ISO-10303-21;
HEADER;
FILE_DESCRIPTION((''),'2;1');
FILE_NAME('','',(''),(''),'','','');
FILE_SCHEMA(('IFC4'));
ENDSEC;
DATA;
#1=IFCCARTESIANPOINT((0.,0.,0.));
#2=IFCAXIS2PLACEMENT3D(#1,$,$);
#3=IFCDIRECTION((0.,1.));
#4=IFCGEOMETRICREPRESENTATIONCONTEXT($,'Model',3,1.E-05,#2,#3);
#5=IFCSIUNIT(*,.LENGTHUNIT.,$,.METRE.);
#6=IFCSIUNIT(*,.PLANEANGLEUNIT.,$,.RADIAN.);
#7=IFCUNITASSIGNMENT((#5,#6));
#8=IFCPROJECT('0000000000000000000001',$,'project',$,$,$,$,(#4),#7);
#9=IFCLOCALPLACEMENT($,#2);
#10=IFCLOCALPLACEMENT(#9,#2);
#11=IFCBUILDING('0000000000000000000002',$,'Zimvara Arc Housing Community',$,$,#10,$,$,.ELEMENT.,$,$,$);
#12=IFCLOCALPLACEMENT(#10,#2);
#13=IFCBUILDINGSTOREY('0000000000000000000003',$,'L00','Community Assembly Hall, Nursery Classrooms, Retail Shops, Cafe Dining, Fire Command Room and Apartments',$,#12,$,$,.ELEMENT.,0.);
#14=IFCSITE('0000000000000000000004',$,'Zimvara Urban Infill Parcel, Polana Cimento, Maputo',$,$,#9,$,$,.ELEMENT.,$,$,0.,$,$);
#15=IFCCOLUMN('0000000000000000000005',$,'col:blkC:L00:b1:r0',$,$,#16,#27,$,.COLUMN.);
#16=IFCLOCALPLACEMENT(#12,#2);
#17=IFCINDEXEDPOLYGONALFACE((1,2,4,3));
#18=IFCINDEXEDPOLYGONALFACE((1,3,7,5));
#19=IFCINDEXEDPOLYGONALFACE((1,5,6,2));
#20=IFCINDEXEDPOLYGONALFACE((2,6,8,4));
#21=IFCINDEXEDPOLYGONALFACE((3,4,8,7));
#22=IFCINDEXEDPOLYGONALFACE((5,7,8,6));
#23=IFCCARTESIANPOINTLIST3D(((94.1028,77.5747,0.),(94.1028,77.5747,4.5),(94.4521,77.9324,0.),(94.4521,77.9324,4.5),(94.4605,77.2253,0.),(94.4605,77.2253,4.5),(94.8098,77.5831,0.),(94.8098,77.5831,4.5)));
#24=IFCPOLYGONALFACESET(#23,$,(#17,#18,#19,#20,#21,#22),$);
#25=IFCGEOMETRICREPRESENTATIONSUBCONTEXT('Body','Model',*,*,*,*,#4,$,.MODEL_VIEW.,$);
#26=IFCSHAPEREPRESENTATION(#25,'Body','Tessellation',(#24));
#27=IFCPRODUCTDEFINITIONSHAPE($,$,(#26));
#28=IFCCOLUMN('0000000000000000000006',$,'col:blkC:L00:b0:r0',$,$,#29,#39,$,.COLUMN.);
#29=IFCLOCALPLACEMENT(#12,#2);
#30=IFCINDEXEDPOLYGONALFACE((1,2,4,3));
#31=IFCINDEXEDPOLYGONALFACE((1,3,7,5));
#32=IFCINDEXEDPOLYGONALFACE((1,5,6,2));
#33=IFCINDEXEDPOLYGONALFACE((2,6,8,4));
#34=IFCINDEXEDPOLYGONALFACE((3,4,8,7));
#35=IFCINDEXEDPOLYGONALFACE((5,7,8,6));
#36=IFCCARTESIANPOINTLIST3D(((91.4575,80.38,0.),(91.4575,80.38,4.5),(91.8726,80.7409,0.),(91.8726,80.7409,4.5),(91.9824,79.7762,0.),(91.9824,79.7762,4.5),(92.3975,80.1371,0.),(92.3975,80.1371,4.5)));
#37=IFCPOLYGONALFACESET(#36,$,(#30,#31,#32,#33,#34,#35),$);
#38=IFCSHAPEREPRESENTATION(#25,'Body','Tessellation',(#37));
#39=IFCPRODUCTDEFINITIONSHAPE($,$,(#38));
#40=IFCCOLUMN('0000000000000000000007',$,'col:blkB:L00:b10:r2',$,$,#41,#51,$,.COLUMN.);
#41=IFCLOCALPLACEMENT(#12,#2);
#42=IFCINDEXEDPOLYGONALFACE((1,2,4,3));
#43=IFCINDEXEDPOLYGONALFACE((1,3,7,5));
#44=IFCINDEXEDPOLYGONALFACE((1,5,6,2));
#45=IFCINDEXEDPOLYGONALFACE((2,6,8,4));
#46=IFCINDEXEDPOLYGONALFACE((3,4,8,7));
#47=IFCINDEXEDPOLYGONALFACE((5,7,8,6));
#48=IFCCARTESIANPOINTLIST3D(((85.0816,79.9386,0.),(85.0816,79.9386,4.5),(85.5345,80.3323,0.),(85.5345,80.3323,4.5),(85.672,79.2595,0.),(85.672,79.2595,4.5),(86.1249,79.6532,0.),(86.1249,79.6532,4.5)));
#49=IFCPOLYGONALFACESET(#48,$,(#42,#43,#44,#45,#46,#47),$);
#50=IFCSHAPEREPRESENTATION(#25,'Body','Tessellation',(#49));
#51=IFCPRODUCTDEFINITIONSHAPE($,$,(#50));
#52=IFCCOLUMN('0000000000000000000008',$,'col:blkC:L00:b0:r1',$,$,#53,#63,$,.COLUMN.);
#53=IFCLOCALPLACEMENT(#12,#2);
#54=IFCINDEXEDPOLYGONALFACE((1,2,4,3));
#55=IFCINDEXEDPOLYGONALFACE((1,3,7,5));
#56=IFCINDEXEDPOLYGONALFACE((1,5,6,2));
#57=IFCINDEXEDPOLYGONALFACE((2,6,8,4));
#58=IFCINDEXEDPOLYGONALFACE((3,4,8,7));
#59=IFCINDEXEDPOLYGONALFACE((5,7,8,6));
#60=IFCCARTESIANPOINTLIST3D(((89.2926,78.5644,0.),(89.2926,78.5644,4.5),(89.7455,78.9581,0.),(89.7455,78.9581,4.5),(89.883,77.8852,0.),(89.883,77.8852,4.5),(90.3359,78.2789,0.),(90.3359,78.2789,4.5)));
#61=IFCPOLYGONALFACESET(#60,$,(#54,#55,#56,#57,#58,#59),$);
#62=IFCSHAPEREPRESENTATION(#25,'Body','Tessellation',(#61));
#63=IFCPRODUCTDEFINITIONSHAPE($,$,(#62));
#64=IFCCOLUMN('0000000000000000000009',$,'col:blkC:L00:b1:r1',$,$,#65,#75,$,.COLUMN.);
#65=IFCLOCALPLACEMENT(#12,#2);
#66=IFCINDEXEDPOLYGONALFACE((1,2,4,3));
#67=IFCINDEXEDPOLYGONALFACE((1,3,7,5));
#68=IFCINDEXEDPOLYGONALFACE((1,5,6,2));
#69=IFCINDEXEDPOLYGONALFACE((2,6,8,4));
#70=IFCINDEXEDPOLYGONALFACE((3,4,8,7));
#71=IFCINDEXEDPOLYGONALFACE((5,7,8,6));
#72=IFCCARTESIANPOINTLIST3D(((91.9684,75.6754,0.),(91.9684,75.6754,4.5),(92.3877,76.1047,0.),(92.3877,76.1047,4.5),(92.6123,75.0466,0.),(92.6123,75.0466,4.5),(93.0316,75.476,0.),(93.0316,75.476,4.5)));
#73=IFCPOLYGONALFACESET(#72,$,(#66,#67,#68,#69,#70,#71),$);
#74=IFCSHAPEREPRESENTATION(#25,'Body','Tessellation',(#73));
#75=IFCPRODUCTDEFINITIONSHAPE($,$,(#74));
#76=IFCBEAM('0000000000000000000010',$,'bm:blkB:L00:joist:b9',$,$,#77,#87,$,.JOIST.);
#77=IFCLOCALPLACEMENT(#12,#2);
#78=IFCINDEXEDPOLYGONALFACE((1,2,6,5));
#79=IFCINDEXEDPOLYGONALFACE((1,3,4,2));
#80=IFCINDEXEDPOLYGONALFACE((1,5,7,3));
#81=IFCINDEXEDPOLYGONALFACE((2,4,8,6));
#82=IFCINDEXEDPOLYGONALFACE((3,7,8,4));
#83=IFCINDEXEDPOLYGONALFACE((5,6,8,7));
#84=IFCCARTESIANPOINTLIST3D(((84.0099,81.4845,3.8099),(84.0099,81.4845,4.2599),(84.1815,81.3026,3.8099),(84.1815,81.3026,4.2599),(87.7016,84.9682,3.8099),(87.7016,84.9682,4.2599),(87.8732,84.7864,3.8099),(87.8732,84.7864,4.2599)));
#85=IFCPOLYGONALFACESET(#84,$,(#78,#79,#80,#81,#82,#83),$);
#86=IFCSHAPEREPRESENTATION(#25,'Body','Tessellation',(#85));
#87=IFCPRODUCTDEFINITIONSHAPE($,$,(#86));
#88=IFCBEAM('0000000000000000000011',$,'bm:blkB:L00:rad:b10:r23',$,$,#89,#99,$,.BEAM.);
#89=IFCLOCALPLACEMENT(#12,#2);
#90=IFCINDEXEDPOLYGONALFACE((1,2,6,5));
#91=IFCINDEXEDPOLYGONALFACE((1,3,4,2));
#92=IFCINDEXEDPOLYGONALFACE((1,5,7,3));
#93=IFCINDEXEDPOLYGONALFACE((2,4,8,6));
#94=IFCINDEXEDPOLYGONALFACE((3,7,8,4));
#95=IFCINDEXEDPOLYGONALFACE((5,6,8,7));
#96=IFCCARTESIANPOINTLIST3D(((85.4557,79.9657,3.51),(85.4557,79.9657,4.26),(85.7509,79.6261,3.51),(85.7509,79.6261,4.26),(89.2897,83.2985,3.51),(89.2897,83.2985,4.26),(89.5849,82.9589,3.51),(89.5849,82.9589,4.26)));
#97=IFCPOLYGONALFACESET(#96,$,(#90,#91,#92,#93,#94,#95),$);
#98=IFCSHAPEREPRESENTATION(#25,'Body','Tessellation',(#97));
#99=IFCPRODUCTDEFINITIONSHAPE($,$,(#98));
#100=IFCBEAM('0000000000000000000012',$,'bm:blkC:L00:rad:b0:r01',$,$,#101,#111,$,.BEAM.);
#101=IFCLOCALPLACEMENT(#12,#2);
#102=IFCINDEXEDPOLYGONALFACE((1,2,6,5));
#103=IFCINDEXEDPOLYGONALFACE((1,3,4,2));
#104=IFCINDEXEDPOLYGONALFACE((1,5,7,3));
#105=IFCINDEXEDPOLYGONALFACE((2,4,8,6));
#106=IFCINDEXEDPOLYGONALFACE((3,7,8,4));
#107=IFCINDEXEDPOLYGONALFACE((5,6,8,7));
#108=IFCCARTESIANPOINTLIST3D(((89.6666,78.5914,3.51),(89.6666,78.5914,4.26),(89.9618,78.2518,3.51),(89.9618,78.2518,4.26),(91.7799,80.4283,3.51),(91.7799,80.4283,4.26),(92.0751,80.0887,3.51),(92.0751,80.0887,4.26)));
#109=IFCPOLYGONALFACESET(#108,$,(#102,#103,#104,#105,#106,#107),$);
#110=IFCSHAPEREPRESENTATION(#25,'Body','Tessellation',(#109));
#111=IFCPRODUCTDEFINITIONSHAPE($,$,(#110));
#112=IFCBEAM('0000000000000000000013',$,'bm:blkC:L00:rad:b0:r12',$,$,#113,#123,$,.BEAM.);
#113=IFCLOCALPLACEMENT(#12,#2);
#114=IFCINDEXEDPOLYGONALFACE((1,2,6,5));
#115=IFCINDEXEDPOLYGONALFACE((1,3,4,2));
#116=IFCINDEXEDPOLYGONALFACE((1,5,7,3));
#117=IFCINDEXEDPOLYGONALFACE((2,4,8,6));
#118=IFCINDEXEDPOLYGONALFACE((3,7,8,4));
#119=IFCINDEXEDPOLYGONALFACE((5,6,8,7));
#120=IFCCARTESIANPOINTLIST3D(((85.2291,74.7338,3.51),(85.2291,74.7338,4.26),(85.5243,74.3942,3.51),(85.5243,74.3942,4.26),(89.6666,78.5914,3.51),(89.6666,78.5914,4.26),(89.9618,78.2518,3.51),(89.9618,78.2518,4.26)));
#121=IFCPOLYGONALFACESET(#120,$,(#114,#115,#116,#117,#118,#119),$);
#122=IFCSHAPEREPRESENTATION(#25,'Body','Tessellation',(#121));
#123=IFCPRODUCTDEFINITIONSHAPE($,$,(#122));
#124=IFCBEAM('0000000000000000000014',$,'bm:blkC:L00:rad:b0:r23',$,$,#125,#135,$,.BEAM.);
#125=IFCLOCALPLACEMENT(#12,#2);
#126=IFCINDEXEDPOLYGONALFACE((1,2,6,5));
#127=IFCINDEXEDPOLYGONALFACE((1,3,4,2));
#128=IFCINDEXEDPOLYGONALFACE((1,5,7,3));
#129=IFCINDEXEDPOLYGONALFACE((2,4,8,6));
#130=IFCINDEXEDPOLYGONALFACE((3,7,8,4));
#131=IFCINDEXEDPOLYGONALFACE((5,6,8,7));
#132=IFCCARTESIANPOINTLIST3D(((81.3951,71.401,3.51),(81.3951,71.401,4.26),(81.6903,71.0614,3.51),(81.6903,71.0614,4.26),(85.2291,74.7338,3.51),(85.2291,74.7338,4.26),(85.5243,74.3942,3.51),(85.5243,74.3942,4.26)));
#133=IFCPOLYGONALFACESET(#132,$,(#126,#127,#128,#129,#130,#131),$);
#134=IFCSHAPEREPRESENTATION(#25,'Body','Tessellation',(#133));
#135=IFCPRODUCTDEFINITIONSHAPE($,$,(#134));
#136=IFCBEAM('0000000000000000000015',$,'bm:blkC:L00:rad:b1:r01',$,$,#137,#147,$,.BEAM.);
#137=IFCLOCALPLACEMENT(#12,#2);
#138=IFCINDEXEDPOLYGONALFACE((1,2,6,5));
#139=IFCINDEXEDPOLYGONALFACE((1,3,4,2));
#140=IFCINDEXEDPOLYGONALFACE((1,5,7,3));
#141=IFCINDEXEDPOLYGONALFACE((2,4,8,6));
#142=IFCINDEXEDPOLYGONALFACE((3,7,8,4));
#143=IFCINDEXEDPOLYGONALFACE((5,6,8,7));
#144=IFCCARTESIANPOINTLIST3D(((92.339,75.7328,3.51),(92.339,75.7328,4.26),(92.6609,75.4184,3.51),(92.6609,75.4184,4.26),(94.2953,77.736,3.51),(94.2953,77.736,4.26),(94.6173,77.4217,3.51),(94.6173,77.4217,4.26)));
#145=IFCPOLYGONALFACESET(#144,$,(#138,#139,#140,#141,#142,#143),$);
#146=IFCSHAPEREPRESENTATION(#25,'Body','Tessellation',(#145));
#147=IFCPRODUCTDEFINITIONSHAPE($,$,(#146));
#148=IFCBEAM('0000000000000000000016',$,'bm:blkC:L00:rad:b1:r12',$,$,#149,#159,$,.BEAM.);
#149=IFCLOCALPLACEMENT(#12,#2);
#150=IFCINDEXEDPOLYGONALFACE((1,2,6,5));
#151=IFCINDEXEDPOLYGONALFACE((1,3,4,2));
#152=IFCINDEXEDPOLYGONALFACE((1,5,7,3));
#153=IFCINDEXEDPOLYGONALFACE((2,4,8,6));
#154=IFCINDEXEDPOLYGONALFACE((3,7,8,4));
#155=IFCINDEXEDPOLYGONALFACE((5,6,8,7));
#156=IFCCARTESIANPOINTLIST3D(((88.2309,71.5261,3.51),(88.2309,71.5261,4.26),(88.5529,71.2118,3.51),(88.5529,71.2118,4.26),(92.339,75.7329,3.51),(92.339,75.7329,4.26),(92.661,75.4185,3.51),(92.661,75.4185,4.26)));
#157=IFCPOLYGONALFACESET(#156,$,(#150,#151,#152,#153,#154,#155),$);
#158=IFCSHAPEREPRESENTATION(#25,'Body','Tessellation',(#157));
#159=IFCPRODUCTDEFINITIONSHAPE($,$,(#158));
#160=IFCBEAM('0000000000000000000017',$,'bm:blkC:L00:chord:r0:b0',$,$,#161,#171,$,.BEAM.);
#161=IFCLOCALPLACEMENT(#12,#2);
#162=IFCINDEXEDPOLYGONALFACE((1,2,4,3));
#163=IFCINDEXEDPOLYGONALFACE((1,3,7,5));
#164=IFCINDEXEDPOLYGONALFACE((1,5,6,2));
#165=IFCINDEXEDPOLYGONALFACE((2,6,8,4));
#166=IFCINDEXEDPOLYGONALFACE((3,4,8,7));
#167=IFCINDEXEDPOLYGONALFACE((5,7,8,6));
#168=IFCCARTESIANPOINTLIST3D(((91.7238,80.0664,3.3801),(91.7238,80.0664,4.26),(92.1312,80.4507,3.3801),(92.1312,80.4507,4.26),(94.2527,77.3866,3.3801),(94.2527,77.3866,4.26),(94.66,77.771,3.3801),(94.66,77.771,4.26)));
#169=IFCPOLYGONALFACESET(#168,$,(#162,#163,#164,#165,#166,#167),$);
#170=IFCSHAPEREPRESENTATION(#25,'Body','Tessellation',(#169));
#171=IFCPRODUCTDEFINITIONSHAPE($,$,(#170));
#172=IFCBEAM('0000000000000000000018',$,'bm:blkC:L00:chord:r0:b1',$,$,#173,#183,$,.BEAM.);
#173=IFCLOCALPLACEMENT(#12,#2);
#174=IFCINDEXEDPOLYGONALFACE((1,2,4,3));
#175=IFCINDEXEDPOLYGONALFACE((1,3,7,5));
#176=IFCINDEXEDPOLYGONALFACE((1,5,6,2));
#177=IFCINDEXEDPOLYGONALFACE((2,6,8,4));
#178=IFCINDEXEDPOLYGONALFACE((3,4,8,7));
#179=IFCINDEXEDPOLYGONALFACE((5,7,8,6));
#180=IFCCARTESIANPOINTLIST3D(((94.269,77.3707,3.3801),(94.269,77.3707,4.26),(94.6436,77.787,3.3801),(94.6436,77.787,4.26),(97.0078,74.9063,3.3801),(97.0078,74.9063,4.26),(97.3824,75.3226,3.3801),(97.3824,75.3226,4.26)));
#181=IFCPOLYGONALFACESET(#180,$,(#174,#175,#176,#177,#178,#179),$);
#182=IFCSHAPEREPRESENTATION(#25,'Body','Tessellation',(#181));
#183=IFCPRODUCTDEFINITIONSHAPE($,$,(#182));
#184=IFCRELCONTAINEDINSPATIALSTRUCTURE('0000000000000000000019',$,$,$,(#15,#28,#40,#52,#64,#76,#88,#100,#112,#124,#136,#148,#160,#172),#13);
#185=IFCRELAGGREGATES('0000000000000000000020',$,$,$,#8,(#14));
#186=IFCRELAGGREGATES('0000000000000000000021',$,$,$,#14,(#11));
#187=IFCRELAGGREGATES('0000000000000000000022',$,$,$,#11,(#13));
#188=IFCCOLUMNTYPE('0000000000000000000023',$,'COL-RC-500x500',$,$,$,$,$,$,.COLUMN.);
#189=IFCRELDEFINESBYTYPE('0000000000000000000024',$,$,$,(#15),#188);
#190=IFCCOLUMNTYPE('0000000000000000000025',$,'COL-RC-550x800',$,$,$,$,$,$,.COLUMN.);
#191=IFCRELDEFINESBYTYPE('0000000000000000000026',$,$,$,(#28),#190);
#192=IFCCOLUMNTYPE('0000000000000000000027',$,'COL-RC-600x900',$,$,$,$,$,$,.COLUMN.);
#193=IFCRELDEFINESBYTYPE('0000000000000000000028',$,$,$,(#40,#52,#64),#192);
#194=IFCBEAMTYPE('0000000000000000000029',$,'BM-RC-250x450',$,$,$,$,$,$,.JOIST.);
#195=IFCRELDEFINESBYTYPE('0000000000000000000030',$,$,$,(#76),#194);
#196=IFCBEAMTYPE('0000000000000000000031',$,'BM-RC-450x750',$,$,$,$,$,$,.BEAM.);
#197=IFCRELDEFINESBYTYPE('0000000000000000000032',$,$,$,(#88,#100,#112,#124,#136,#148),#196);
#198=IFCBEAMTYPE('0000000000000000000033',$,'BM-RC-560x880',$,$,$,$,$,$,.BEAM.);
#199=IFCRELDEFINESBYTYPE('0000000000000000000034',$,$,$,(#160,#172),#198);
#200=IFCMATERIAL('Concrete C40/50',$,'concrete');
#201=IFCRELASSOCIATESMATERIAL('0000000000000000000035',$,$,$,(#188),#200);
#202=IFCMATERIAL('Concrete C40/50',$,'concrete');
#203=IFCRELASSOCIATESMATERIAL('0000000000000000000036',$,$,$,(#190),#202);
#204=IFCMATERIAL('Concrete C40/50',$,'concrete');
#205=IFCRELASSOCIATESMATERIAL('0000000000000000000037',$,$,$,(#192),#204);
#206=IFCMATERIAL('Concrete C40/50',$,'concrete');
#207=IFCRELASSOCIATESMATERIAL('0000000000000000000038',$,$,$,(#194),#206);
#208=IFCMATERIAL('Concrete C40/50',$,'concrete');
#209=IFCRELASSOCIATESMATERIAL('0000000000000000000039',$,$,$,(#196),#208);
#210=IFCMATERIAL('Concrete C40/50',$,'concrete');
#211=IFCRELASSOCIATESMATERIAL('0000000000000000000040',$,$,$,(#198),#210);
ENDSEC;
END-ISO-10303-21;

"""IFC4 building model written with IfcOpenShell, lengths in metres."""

from ifc_helpers import new_model, si_unit, direction, frame, origin, origin_2d, place, context, subcontext, project, spatial, rectangle, extrude, material, material_profile, profile_set, type_object, element, save


model = new_model("IFC4")

# Units and contexts
model_context = context("Model", 3, precision=1e-05, world=origin(), true_north=direction((0.0, 1.0)))
body_context = subcontext(model_context, "Body", "Model", "MODEL_VIEW")
ifc_project = project(units=[si_unit("LENGTHUNIT", "METRE"), si_unit("PLANEANGLEUNIT", "RADIAN")], contexts=[model_context])

# Site, building, storey
site_placement = place(None, origin())
site = spatial("IfcSite", under=ifc_project, at=site_placement, Name="Zimvara Urban Infill Parcel, Polana Cimento, Maputo", CompositionType="ELEMENT", RefElevation=0.0)
building_placement = place(site_placement, origin())
building = spatial("IfcBuilding", under=site, at=building_placement, Name="Zimvara Arc Housing Community", CompositionType="ELEMENT")
storey_placement = place(building_placement, origin())
storey = spatial("IfcBuildingStorey", under=building, at=storey_placement, Name="L00", Description="Community Assembly Hall, Nursery Classrooms, Retail Shops, Cafe Dining, Fire Command Room and Apartments", CompositionType="ELEMENT", Elevation=0.0)

# Columns
ifc_material_1 = material(Name="Concrete C40/50", Category="concrete")
ifc_material_profile_1 = material_profile(ifc_material_1, rectangle(XDim=0.5, YDim=0.5, at=origin_2d()), Name="RC 500x500")
ifc_profile_set_1 = profile_set([ifc_material_profile_1], Name="Concrete C40/50")
column_type_1 = type_object("IfcColumnType", Name="COL-RC-500x500", PredefinedType="COLUMN", material=ifc_profile_set_1)
column_1_placement = place(storey_placement, frame((94.4563, 77.5789, 0.0), z_axis=(0.0, 0.0, 1.0), x_axis=(-0.698665, -0.715449, 0.0)))
element("IfcColumn", 1, at=column_1_placement, inside=storey, type_object=column_type_1, Name="col:blkC:L00:b1:r0", PredefinedType="COLUMN", context=body_context, shape_type="SweptSolid", body=[
    extrude(rectangle(XDim=0.5, YDim=0.5, at=origin_2d()), origin(), (0.0, 0.0, 1.0), 4.5),
])
ifc_material_2 = material(Name="Concrete C40/50", Category="concrete")
ifc_material_profile_2 = material_profile(ifc_material_2, rectangle(XDim=0.55, YDim=0.8, at=origin_2d()), Name="RC 550x800")
ifc_profile_set_2 = profile_set([ifc_material_profile_2], Name="Concrete C40/50")
column_type_2 = type_object("IfcColumnType", Name="COL-RC-550x800", PredefinedType="COLUMN", material=ifc_profile_set_2)
column_2_placement = place(storey_placement, frame((91.9275, 80.2585, 0.0), z_axis=(0.0, 0.0, 1.0), x_axis=(-0.75471, -0.656059, 0.0)))
element("IfcColumn", 2, at=column_2_placement, inside=storey, type_object=column_type_2, Name="col:blkC:L00:b0:r0", PredefinedType="COLUMN", context=body_context, shape_type="SweptSolid", body=[
    extrude(rectangle(XDim=0.55, YDim=0.8, at=origin_2d()), origin(), (0.0, 0.0, 1.0), 4.5),
])
ifc_material_3 = material(Name="Concrete C40/50", Category="concrete")
ifc_material_profile_3 = material_profile(ifc_material_3, rectangle(XDim=0.6001, YDim=0.8999, at=origin_2d()), Name="RC 600x900")
ifc_profile_set_3 = profile_set([ifc_material_profile_3], Name="Concrete C40/50")
column_type_3 = type_object("IfcColumnType", Name="COL-RC-600x900", PredefinedType="COLUMN", material=ifc_profile_set_3)
for number, where, z_axis, x_axis, name in (
    (3, (85.6033, 79.7959, 0.0), (0.0, 0.0, 1.0), (0.75471, 0.656059, 0.0), "col:blkB:L00:b10:r2"),
    (4, (89.8142, 78.4216, 0.0), (0.0, 0.0, 1.0), (-0.75471, -0.656059, 0.0), "col:blkC:L00:b0:r1"),
    (5, (92.5, 75.5757, 0.0), (0.0, 0.0, 1.0), (-0.698665, -0.715449, 0.0), "col:blkC:L00:b1:r1"),
):
    element("IfcColumn", number, at=place(storey_placement, frame(where, z_axis=z_axis, x_axis=x_axis)), inside=storey, type_object=column_type_3, Name=name, PredefinedType="COLUMN", context=body_context, shape_type="SweptSolid", body=[
        extrude(rectangle(XDim=0.6001, YDim=0.8999, at=origin_2d()), origin(), (0.0, 0.0, 1.0), 4.5),
    ])

# Beams
ifc_material_4 = material(Name="Concrete C40/50", Category="concrete")
ifc_material_profile_4 = material_profile(ifc_material_4, rectangle(XDim=0.25, YDim=0.45, at=origin_2d()), Name="RC 250x450")
ifc_profile_set_4 = profile_set([ifc_material_profile_4], Name="Concrete C40/50")
beam_type_1 = type_object("IfcBeamType", Name="BM-RC-250x450", PredefinedType="JOIST", material=ifc_profile_set_4)
beam_1_placement = place(storey_placement, frame((84.0957, 81.3936, 4.0349), z_axis=(0.7273, 0.68632, 0.0), x_axis=(-0.68632, 0.7273, 0.0)))
element("IfcBeam", 6, at=beam_1_placement, inside=storey, type_object=beam_type_1, Name="bm:blkB:L00:joist:b9", PredefinedType="JOIST", context=body_context, shape_type="SweptSolid", body=[
    extrude(rectangle(XDim=0.25, YDim=0.45, at=origin_2d()), origin(), (0.0, 0.0, 1.0), 5.0759),
])
ifc_material_5 = material(Name="Concrete C40/50", Category="concrete")
ifc_material_profile_5 = material_profile(ifc_material_5, rectangle(XDim=0.45, YDim=0.75, at=origin_2d()), Name="RC 450x750")
ifc_profile_set_5 = profile_set([ifc_material_profile_5], Name="Concrete C40/50")
beam_type_2 = type_object("IfcBeamType", Name="BM-RC-450x750", PredefinedType="BEAM", material=ifc_profile_set_5)
beam_2_placement = place(storey_placement, frame((85.6033, 79.7959, 3.885), z_axis=(0.754716, 0.656051, 0.0), x_axis=(-0.656051, 0.754716, 0.0)))
element("IfcBeam", 7, at=beam_2_placement, inside=storey, type_object=beam_type_2, Name="bm:blkB:L00:rad:b10:r23", PredefinedType="BEAM", context=body_context, shape_type="SweptSolid", body=[
    extrude(rectangle(XDim=0.45, YDim=0.75, at=origin_2d()), origin(), (0.0, 0.0, 1.0), 5.0801),
])
beam_3_placement = place(storey_placement, frame((91.9275, 80.2585, 3.885), z_axis=(-0.754733, -0.656032, 0.0), x_axis=(0.656032, -0.754733, 0.0)))
element("IfcBeam", 8, at=beam_3_placement, inside=storey, type_object=beam_type_2, Name="bm:blkC:L00:rad:b0:r01", PredefinedType="BEAM", context=body_context, shape_type="SweptSolid", body=[
    extrude(rectangle(XDim=0.45, YDim=0.75, at=origin_2d()), origin(), (0.0, 0.0, 1.0), 2.8),
])
beam_4_placement = place(storey_placement, frame((89.8142, 78.4216, 3.885), z_axis=(-0.754692, -0.656079, 0.0), x_axis=(0.656079, -0.754692, 0.0)))
element("IfcBeam", 9, at=beam_4_placement, inside=storey, type_object=beam_type_2, Name="bm:blkC:L00:rad:b0:r12", PredefinedType="BEAM", context=body_context, shape_type="SweptSolid", body=[
    extrude(rectangle(XDim=0.45, YDim=0.75, at=origin_2d()), origin(), (0.0, 0.0, 1.0), 5.8799),
])
beam_5_placement = place(storey_placement, frame((85.3767, 74.564, 3.885), z_axis=(-0.754716, -0.656051, 0.0), x_axis=(0.656051, -0.754716, 0.0)))
element("IfcBeam", 10, at=beam_5_placement, inside=storey, type_object=beam_type_2, Name="bm:blkC:L00:rad:b0:r23", PredefinedType="BEAM", context=body_context, shape_type="SweptSolid", body=[
    extrude(rectangle(XDim=0.45, YDim=0.75, at=origin_2d()), origin(), (0.0, 0.0, 1.0), 5.0801),
])
beam_6_placement = place(storey_placement, frame((94.4563, 77.5789, 3.885), z_axis=(-0.698687, -0.715428, 0.0), x_axis=(0.715428, -0.698687, 0.0)))
element("IfcBeam", 11, at=beam_6_placement, inside=storey, type_object=beam_type_2, Name="bm:blkC:L00:rad:b1:r01", PredefinedType="BEAM", context=body_context, shape_type="SweptSolid", body=[
    extrude(rectangle(XDim=0.45, YDim=0.75, at=origin_2d()), origin(), (0.0, 0.0, 1.0), 2.8),
])
beam_7_placement = place(storey_placement, frame((92.5, 75.5757, 3.885), z_axis=(-0.69867, -0.715444, 0.0), x_axis=(0.715444, -0.69867, 0.0)))
element("IfcBeam", 12, at=beam_7_placement, inside=storey, type_object=beam_type_2, Name="bm:blkC:L00:rad:b1:r12", PredefinedType="BEAM", context=body_context, shape_type="SweptSolid", body=[
    extrude(rectangle(XDim=0.45, YDim=0.75, at=origin_2d()), origin(), (0.0, 0.0, 1.0), 5.8799),
])
ifc_material_6 = material(Name="Concrete C40/50", Category="concrete")
ifc_material_profile_6 = material_profile(ifc_material_6, rectangle(XDim=0.5601, YDim=0.8799, at=origin_2d()), Name="RC 560x880")
ifc_profile_set_6 = profile_set([ifc_material_profile_6], Name="Concrete C40/50")
beam_type_3 = type_object("IfcBeamType", Name="BM-RC-560x880", PredefinedType="BEAM", material=ifc_profile_set_6)
beam_8_placement = place(storey_placement, frame((91.9275, 80.2585, 3.8201), z_axis=(0.686336, -0.727285, 0.0), x_axis=(0.727285, 0.686336, 0.0)))
element("IfcBeam", 13, at=beam_8_placement, inside=storey, type_object=beam_type_3, Name="bm:blkC:L00:chord:r0:b0", PredefinedType="BEAM", context=body_context, shape_type="SweptSolid", body=[
    extrude(rectangle(XDim=0.5601, YDim=0.8799, at=origin_2d()), origin(), (0.0, 0.0, 1.0), 3.6846),
])
beam_9_placement = place(storey_placement, frame((94.4563, 77.5789, 3.8201), z_axis=(0.743367, -0.668884, 0.0), x_axis=(0.668884, 0.743367, 0.0)))
element("IfcBeam", 14, at=beam_9_placement, inside=storey, type_object=beam_type_3, Name="bm:blkC:L00:chord:r0:b1", PredefinedType="BEAM", context=body_context, shape_type="SweptSolid", body=[
    extrude(rectangle(XDim=0.5601, YDim=0.8799, at=origin_2d()), origin(), (0.0, 0.0, 1.0), 3.6843),
])

save(model, "model.ifc")
